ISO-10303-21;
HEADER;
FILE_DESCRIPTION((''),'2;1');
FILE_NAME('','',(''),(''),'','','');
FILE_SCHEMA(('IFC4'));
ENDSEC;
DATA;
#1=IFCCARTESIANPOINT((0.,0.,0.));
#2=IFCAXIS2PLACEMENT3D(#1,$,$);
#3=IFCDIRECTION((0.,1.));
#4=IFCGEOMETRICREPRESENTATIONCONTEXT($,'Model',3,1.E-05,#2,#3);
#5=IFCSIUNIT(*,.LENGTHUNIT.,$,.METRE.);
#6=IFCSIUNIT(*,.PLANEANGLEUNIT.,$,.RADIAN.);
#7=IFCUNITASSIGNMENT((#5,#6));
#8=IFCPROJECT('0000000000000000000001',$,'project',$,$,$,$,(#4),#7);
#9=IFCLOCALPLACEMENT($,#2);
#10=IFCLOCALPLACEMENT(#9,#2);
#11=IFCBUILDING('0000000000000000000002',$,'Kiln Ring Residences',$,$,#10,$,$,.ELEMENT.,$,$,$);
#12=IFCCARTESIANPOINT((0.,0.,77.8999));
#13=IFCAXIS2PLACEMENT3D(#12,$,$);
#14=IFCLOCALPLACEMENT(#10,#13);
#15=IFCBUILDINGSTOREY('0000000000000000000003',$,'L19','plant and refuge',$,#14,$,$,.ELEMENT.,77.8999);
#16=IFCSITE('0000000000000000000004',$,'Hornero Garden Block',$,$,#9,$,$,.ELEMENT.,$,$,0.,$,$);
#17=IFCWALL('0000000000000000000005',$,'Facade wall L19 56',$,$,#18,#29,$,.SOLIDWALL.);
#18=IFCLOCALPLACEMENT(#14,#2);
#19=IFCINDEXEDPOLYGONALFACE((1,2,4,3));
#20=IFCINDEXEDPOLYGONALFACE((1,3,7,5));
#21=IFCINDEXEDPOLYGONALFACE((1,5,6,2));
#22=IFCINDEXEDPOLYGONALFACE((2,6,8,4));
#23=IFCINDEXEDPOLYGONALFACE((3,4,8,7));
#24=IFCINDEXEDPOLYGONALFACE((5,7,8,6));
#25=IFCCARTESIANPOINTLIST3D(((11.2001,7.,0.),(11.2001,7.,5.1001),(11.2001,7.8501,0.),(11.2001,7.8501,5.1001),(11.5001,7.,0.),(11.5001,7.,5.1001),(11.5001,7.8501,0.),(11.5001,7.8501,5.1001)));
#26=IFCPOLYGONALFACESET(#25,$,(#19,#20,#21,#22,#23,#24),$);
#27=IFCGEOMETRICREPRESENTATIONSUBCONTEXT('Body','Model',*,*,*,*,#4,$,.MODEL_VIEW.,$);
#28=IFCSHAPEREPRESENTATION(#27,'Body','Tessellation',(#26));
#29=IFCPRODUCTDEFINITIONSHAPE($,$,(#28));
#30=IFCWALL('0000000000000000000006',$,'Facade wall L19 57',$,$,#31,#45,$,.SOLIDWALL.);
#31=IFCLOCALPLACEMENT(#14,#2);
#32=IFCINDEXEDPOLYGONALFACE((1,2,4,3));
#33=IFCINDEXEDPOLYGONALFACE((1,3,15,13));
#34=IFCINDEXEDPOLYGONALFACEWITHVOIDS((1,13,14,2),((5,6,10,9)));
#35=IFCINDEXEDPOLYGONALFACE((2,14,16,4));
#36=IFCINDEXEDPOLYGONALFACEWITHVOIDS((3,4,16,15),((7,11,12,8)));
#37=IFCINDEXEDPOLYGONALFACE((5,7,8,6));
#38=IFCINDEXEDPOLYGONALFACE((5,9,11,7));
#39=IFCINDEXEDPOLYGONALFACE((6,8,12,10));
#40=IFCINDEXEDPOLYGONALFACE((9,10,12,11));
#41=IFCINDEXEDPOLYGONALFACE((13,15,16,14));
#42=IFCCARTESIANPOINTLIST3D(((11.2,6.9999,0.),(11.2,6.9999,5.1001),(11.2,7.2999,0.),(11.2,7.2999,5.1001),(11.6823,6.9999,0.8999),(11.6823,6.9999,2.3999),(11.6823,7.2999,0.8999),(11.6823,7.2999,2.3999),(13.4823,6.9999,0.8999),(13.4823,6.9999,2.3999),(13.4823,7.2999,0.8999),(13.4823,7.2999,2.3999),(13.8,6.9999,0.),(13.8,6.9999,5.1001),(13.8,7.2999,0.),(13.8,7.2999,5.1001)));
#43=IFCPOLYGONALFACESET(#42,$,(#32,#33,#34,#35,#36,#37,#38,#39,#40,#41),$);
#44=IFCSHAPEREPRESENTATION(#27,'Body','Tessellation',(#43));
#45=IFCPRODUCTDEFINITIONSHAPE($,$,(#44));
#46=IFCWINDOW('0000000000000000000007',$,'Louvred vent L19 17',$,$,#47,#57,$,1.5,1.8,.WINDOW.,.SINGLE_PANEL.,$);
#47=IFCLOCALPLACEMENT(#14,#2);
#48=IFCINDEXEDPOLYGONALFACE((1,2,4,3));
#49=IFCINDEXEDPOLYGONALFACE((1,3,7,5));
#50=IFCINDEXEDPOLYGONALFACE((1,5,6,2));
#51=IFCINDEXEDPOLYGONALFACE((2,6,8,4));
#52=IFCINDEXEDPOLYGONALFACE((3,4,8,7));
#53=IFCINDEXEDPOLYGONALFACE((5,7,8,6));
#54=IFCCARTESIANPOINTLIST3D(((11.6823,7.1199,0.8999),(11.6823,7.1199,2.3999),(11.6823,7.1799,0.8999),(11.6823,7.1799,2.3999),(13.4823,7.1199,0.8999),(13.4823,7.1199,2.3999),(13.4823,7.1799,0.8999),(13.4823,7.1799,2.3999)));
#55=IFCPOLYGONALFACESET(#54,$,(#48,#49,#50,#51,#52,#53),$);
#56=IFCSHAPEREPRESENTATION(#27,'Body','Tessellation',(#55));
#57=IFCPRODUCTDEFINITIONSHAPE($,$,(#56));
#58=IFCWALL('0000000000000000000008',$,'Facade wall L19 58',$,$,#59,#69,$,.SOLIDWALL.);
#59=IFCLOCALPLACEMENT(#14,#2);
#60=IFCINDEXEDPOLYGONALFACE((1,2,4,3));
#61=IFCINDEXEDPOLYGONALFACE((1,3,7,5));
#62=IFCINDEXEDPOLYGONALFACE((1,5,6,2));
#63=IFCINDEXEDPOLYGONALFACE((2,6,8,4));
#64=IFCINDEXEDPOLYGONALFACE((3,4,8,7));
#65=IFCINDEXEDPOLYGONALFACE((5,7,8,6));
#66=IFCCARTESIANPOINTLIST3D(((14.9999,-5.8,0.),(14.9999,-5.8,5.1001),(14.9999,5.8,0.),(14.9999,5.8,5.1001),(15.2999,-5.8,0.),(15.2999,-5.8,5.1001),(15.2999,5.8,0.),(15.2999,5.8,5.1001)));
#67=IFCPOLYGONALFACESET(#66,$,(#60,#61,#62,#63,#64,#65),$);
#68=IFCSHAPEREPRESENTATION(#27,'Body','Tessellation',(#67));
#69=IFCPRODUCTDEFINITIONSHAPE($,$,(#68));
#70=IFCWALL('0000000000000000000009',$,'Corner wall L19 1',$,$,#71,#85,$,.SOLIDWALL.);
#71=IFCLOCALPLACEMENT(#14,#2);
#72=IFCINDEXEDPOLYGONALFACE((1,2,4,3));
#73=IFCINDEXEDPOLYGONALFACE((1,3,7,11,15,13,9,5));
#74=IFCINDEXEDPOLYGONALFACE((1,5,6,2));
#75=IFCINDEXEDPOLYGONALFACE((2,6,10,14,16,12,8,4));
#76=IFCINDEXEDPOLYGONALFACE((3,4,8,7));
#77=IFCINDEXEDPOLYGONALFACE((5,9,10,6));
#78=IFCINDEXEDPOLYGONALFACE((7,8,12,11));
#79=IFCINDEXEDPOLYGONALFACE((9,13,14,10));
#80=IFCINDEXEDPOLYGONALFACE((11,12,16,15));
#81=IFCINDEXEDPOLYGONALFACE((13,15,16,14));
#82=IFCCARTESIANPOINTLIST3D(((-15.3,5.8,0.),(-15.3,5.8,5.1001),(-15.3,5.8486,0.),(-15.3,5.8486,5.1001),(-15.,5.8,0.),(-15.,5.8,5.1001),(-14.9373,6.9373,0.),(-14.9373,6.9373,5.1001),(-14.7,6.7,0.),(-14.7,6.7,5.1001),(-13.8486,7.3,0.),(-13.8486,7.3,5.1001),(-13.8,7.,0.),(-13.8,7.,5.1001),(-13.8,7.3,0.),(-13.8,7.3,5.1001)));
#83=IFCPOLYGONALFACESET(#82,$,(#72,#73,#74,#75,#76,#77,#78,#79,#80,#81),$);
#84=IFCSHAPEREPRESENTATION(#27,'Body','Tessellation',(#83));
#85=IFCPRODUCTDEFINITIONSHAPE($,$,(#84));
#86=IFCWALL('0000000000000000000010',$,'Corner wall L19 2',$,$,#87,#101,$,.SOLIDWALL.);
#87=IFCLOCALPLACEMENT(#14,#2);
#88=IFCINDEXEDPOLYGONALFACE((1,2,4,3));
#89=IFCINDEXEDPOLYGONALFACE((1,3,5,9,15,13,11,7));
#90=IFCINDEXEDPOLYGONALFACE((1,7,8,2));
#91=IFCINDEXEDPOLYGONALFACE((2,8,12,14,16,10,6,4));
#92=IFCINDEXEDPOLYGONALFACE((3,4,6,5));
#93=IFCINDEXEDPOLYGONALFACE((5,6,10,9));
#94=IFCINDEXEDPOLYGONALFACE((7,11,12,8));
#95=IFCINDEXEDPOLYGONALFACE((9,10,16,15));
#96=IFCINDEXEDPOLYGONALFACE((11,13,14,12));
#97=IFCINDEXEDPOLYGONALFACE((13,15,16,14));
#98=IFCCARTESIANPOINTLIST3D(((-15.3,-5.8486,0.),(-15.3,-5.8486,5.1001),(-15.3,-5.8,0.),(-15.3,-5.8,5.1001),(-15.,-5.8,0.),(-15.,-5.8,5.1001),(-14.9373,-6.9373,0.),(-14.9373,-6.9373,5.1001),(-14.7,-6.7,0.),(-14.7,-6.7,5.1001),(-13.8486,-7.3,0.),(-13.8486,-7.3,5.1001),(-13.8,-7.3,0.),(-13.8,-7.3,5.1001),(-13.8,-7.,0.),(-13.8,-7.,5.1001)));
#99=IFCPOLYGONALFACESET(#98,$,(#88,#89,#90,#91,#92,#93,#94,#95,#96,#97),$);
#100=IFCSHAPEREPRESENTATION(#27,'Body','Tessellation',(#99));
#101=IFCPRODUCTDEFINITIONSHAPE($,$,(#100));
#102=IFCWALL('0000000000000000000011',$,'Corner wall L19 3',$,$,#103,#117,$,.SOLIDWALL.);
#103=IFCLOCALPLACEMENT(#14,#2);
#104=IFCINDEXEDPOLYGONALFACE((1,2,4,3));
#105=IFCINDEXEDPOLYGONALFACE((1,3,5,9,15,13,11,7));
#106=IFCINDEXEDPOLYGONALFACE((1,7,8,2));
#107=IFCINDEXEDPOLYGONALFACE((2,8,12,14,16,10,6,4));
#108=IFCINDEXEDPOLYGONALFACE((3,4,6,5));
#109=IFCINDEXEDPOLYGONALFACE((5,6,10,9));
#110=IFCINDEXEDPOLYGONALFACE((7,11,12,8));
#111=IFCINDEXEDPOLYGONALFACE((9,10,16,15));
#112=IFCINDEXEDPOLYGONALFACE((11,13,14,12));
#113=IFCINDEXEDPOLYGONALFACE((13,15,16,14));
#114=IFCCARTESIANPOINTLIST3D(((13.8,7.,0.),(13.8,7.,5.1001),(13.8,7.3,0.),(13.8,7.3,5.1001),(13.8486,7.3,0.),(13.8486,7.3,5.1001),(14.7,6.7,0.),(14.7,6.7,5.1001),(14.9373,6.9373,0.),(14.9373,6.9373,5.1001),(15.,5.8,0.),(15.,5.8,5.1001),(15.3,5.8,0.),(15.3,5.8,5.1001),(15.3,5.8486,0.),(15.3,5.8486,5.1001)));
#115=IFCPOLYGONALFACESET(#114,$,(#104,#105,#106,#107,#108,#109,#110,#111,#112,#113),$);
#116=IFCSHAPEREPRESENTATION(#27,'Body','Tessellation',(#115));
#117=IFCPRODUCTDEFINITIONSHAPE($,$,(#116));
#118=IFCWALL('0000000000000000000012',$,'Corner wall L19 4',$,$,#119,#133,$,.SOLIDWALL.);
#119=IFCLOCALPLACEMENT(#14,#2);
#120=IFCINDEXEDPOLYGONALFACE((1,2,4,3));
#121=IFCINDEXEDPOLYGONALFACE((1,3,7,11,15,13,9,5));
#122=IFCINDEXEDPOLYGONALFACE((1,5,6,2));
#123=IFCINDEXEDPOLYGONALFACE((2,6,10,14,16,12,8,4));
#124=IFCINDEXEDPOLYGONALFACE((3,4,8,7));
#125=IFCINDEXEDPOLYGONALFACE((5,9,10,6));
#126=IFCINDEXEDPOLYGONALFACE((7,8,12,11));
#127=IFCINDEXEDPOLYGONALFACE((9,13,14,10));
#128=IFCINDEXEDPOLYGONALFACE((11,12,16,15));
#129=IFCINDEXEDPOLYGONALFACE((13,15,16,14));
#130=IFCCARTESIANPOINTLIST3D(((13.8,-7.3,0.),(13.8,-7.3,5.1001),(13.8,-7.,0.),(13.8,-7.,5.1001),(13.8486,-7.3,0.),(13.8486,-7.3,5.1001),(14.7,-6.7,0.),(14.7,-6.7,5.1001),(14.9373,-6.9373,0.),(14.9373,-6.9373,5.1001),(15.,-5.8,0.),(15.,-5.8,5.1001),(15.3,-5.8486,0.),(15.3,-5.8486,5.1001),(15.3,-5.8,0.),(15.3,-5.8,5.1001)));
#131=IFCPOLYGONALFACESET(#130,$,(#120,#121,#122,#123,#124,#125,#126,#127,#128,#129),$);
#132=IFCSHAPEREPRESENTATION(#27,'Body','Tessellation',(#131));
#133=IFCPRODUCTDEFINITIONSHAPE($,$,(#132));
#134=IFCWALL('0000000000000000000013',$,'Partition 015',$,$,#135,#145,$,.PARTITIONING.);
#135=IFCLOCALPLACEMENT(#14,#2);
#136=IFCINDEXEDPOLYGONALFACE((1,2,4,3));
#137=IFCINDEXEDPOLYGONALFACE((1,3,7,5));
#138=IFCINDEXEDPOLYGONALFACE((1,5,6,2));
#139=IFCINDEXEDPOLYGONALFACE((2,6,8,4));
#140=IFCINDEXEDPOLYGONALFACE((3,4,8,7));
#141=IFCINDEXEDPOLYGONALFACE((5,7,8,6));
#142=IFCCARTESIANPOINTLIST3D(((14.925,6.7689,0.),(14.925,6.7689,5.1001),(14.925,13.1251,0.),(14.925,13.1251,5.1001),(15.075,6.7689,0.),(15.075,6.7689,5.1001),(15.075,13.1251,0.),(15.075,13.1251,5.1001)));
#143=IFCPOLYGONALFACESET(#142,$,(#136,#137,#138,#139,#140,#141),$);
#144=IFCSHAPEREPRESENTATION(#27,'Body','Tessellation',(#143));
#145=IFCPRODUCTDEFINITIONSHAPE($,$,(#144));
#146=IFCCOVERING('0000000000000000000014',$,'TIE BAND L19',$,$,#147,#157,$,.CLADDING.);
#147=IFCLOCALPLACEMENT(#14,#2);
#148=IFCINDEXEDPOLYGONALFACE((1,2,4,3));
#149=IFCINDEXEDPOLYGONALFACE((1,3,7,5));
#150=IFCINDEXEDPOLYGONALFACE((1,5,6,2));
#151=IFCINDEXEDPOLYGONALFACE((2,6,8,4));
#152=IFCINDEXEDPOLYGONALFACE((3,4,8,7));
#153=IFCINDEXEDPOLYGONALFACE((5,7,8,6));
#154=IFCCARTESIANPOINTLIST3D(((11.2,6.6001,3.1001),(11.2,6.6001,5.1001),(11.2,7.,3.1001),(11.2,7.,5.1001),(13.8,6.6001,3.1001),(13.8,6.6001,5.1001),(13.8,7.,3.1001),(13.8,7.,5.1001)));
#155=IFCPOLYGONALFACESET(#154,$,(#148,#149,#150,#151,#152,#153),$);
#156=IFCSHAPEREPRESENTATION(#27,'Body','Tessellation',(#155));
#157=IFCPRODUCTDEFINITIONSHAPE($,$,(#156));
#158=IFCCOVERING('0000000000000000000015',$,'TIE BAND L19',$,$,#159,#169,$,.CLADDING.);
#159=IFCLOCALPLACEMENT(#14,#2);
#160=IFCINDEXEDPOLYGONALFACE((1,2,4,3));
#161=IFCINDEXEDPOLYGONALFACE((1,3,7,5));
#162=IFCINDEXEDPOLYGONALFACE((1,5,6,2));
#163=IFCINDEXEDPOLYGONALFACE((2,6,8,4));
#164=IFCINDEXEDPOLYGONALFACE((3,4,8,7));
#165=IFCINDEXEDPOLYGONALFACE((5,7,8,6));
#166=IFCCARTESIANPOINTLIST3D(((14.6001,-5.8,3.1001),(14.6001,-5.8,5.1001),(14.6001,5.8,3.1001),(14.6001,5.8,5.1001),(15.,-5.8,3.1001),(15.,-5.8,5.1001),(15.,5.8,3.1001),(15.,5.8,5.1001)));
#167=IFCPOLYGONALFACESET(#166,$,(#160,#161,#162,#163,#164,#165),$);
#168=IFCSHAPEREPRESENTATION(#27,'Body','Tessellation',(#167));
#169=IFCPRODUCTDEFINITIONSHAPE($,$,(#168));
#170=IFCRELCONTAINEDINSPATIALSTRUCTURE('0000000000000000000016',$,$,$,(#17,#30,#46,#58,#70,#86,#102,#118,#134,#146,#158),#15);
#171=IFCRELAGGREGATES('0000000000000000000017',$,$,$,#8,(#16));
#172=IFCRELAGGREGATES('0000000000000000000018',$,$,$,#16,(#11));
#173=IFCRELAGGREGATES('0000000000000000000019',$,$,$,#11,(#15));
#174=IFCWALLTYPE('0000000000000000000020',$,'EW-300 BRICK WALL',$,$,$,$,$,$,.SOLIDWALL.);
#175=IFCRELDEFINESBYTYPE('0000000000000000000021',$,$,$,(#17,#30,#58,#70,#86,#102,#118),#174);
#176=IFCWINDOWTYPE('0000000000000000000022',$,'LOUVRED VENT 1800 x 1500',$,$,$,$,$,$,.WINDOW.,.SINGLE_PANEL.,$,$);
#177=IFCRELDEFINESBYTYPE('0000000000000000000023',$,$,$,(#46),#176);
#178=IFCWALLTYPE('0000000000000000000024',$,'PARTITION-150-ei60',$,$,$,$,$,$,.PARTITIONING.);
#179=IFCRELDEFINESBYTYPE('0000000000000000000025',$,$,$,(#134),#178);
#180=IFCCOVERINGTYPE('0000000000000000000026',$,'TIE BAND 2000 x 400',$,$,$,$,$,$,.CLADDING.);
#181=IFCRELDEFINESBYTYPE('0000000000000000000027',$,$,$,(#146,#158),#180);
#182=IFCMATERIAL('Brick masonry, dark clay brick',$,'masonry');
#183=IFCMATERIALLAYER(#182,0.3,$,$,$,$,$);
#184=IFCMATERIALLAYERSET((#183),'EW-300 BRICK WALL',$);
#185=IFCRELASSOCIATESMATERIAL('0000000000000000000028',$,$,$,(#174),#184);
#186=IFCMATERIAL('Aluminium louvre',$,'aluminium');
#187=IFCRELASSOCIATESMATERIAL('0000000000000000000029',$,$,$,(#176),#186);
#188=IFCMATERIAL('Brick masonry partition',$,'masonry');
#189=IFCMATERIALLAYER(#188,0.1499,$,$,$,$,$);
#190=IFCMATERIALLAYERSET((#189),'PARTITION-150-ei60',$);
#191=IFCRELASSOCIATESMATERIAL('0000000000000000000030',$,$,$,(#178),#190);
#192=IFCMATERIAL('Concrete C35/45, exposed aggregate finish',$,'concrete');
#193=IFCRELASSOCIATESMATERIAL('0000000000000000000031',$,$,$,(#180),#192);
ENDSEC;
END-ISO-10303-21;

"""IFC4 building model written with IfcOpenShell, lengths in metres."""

from ifc_helpers import new_model, si_unit, direction, frame, frame_2d, origin, origin_2d, place, context, subcontext, project, spatial, polyline, rectangle, outline, extrude, material, layer, layer_set, type_object, element, fill, save


model = new_model("IFC4")

# Units and contexts
model_context = context("Model", 3, precision=1e-05, world=origin(), true_north=direction((0.0, 1.0)))
body_context = subcontext(model_context, "Body", "Model", "MODEL_VIEW")
ifc_project = project(units=[si_unit("LENGTHUNIT", "METRE"), si_unit("PLANEANGLEUNIT", "RADIAN")], contexts=[model_context])

# Site, building, storey
site_placement = place(None, origin())
site = spatial("IfcSite", under=ifc_project, at=site_placement, Name="Hornero Garden Block", CompositionType="ELEMENT", RefElevation=0.0)
building_placement = place(site_placement, origin())
building = spatial("IfcBuilding", under=site, at=building_placement, Name="Kiln Ring Residences", CompositionType="ELEMENT")
storey_placement = place(building_placement, frame((0.0, 0.0, 77.8999)))
storey = spatial("IfcBuildingStorey", under=building, at=storey_placement, Name="L19", Description="plant and refuge", CompositionType="ELEMENT", Elevation=77.8999)

# Shared definitions
placement_1 = place(storey_placement, origin())

# Wall
ifc_material_1 = material(Name="Brick masonry, dark clay brick", Category="masonry")
ifc_layer_1 = layer(ifc_material_1, 0.3)
ifc_layer_set_1 = layer_set([ifc_layer_1], Name="EW-300 BRICK WALL")
wall_type_1 = type_object("IfcWallType", Name="EW-300 BRICK WALL", PredefinedType="SOLIDWALL", material=ifc_layer_set_1)
wall_1_placement = place(storey_placement, frame((11.3501, 7.8501, 0.0), z_axis=(0.0, 0.0, 1.0), x_axis=(0.0, -1.0, 0.0)))
element("IfcWall", 1, at=wall_1_placement, inside=storey, type_object=wall_type_1, Name="Facade wall L19 56", PredefinedType="SOLIDWALL", context=body_context, shape_type="SweptSolid", body=[
    extrude(rectangle(XDim=0.8501, YDim=0.3, at=frame_2d((0.425, 0.0))), origin(), (0.0, 0.0, 1.0), 5.1001),
])

# Wall, opening, window
wall_2_placement = place(storey_placement, frame((11.2, 7.1499, 0.0), z_axis=(0.0, 0.0, 1.0), x_axis=(1.0, 0.0, 0.0)))
wall_2 = element("IfcWall", 2, at=wall_2_placement, inside=storey, type_object=wall_type_1, Name="Facade wall L19 57", PredefinedType="SOLIDWALL", context=body_context, shape_type="SweptSolid", body=[
    extrude(rectangle(XDim=2.6001, YDim=0.3, at=frame_2d((1.3, 0.0))), origin(), (0.0, 0.0, 1.0), 5.1001),
])
opening_1_placement = place(wall_2_placement, frame((0.4824, 0.0, 0.8999)))
opening_1 = element("IfcOpeningElement", 3, at=opening_1_placement, cuts=wall_2, PredefinedType="OPENING", context=body_context, shape_type="SweptSolid", body=[
    extrude(rectangle(XDim=1.8, YDim=1.5, at=frame_2d((0.8999, 0.75))), frame((0.0, 0.1599, 0.0), z_axis=(0.0, -1.0, 0.0), x_axis=(1.0, 0.0, 0.0)), (0.0, 0.0, 1.0), 0.3201),
])
ifc_material_2 = material(Name="Aluminium louvre", Category="aluminium")
window_type = type_object("IfcWindowType", Name="LOUVRED VENT 1800 x 1500", PartitioningType="SINGLE_PANEL", PredefinedType="WINDOW", material=ifc_material_2)
window_placement = place(opening_1_placement, origin())
window = element("IfcWindow", 4, at=window_placement, inside=storey, type_object=window_type, Name="Louvred vent L19 17", OverallHeight=1.5, OverallWidth=1.8, PartitioningType="SINGLE_PANEL", PredefinedType="WINDOW", context=body_context, shape_type="SweptSolid", body=[
    extrude(rectangle(XDim=1.8, YDim=1.5, at=frame_2d((0.8999, 0.75))), frame((0.0, 0.03, 0.0), z_axis=(0.0, -1.0, 0.0), x_axis=(1.0, 0.0, 0.0)), (0.0, 0.0, 1.0), 0.0601),
])
fill(opening_1, window)

# Walls
wall_3_placement = place(storey_placement, frame((15.1499, 5.8, 0.0), z_axis=(0.0, 0.0, 1.0), x_axis=(0.0, -1.0, 0.0)))
element("IfcWall", 5, at=wall_3_placement, inside=storey, type_object=wall_type_1, Name="Facade wall L19 58", PredefinedType="SOLIDWALL", context=body_context, shape_type="SweptSolid", body=[
    extrude(rectangle(XDim=11.6001, YDim=0.3, at=frame_2d((5.8, 0.0))), origin(), (0.0, 0.0, 1.0), 5.1001),
])
element("IfcWall", 6, at=placement_1, inside=storey, type_object=wall_type_1, Name="Corner wall L19 1", PredefinedType="SOLIDWALL", context=body_context, shape_type="SweptSolid", body=[
    extrude(outline(polyline([(-15.0, 5.8), (-14.7, 6.7), (-13.8, 7.0), (-13.8, 7.3), (-13.8486, 7.3), (-14.9373, 6.9373), (-15.3, 5.8486), (-15.3, 5.8), (-15.0, 5.8)])), origin(), (0.0, 0.0, 1.0), 5.1001),
])
element("IfcWall", 7, at=placement_1, inside=storey, type_object=wall_type_1, Name="Corner wall L19 2", PredefinedType="SOLIDWALL", context=body_context, shape_type="SweptSolid", body=[
    extrude(outline(polyline([(-13.8, -7.0), (-14.7, -6.7), (-15.0, -5.8), (-15.3, -5.8), (-15.3, -5.8486), (-14.9373, -6.9373), (-13.8486, -7.3), (-13.8, -7.3), (-13.8, -7.0)])), origin(), (0.0, 0.0, 1.0), 5.1001),
])
element("IfcWall", 8, at=placement_1, inside=storey, type_object=wall_type_1, Name="Corner wall L19 3", PredefinedType="SOLIDWALL", context=body_context, shape_type="SweptSolid", body=[
    extrude(outline(polyline([(13.8, 7.0), (14.7, 6.7), (15.0, 5.8), (15.3, 5.8), (15.3, 5.8486), (14.9373, 6.9373), (13.8486, 7.3), (13.8, 7.3), (13.8, 7.0)])), origin(), (0.0, 0.0, 1.0), 5.1001),
])
element("IfcWall", 9, at=placement_1, inside=storey, type_object=wall_type_1, Name="Corner wall L19 4", PredefinedType="SOLIDWALL", context=body_context, shape_type="SweptSolid", body=[
    extrude(outline(polyline([(15.0, -5.8), (14.7, -6.7), (13.8, -7.0), (13.8, -7.3), (13.8486, -7.3), (14.9373, -6.9373), (15.3, -5.8486), (15.3, -5.8), (15.0, -5.8)])), origin(), (0.0, 0.0, 1.0), 5.1001),
])
ifc_material_3 = material(Name="Brick masonry partition", Category="masonry")
ifc_layer_2 = layer(ifc_material_3, 0.1499)
ifc_layer_set_2 = layer_set([ifc_layer_2], Name="PARTITION-150-ei60")
wall_type_2 = type_object("IfcWallType", Name="PARTITION-150-ei60", PredefinedType="PARTITIONING", material=ifc_layer_set_2)
wall_4_placement = place(storey_placement, frame((15.0, 6.7688, 0.0), z_axis=(0.0, 0.0, 1.0), x_axis=(0.0, 1.0, 0.0)))
element("IfcWall", 10, at=wall_4_placement, inside=storey, type_object=wall_type_2, Name="Partition 015", PredefinedType="PARTITIONING", context=body_context, shape_type="SweptSolid", body=[
    extrude(rectangle(XDim=6.3562, YDim=0.1499, at=frame_2d((3.1782, 0.0))), origin(), (0.0, 0.0, 1.0), 5.1001),
])

# Coverings
ifc_material_4 = material(Name="Concrete C35/45, exposed aggregate finish", Category="concrete")
covering_type = type_object("IfcCoveringType", Name="TIE BAND 2000 x 400", PredefinedType="CLADDING", material=ifc_material_4)
covering_1_placement = place(storey_placement, frame((12.5, 6.8, 3.1001), z_axis=(0.0, 0.0, 1.0), x_axis=(1.0, 0.0, 0.0)))
element("IfcCovering", 11, at=covering_1_placement, inside=storey, type_object=covering_type, Name="TIE BAND L19", PredefinedType="CLADDING", context=body_context, shape_type="SweptSolid", body=[
    extrude(rectangle(XDim=2.6001, YDim=0.3999, at=origin_2d()), origin(), (0.0, 0.0, 1.0), 2.0),
])
covering_2_placement = place(storey_placement, frame((14.8, 0.0, 3.1001), z_axis=(0.0, 0.0, 1.0), x_axis=(0.0, -1.0, 0.0)))
element("IfcCovering", 12, at=covering_2_placement, inside=storey, type_object=covering_type, Name="TIE BAND L19", PredefinedType="CLADDING", context=body_context, shape_type="SweptSolid", body=[
    extrude(rectangle(XDim=11.6001, YDim=0.3999, at=origin_2d()), origin(), (0.0, 0.0, 1.0), 2.0),
])

save(model, "model.ifc")
